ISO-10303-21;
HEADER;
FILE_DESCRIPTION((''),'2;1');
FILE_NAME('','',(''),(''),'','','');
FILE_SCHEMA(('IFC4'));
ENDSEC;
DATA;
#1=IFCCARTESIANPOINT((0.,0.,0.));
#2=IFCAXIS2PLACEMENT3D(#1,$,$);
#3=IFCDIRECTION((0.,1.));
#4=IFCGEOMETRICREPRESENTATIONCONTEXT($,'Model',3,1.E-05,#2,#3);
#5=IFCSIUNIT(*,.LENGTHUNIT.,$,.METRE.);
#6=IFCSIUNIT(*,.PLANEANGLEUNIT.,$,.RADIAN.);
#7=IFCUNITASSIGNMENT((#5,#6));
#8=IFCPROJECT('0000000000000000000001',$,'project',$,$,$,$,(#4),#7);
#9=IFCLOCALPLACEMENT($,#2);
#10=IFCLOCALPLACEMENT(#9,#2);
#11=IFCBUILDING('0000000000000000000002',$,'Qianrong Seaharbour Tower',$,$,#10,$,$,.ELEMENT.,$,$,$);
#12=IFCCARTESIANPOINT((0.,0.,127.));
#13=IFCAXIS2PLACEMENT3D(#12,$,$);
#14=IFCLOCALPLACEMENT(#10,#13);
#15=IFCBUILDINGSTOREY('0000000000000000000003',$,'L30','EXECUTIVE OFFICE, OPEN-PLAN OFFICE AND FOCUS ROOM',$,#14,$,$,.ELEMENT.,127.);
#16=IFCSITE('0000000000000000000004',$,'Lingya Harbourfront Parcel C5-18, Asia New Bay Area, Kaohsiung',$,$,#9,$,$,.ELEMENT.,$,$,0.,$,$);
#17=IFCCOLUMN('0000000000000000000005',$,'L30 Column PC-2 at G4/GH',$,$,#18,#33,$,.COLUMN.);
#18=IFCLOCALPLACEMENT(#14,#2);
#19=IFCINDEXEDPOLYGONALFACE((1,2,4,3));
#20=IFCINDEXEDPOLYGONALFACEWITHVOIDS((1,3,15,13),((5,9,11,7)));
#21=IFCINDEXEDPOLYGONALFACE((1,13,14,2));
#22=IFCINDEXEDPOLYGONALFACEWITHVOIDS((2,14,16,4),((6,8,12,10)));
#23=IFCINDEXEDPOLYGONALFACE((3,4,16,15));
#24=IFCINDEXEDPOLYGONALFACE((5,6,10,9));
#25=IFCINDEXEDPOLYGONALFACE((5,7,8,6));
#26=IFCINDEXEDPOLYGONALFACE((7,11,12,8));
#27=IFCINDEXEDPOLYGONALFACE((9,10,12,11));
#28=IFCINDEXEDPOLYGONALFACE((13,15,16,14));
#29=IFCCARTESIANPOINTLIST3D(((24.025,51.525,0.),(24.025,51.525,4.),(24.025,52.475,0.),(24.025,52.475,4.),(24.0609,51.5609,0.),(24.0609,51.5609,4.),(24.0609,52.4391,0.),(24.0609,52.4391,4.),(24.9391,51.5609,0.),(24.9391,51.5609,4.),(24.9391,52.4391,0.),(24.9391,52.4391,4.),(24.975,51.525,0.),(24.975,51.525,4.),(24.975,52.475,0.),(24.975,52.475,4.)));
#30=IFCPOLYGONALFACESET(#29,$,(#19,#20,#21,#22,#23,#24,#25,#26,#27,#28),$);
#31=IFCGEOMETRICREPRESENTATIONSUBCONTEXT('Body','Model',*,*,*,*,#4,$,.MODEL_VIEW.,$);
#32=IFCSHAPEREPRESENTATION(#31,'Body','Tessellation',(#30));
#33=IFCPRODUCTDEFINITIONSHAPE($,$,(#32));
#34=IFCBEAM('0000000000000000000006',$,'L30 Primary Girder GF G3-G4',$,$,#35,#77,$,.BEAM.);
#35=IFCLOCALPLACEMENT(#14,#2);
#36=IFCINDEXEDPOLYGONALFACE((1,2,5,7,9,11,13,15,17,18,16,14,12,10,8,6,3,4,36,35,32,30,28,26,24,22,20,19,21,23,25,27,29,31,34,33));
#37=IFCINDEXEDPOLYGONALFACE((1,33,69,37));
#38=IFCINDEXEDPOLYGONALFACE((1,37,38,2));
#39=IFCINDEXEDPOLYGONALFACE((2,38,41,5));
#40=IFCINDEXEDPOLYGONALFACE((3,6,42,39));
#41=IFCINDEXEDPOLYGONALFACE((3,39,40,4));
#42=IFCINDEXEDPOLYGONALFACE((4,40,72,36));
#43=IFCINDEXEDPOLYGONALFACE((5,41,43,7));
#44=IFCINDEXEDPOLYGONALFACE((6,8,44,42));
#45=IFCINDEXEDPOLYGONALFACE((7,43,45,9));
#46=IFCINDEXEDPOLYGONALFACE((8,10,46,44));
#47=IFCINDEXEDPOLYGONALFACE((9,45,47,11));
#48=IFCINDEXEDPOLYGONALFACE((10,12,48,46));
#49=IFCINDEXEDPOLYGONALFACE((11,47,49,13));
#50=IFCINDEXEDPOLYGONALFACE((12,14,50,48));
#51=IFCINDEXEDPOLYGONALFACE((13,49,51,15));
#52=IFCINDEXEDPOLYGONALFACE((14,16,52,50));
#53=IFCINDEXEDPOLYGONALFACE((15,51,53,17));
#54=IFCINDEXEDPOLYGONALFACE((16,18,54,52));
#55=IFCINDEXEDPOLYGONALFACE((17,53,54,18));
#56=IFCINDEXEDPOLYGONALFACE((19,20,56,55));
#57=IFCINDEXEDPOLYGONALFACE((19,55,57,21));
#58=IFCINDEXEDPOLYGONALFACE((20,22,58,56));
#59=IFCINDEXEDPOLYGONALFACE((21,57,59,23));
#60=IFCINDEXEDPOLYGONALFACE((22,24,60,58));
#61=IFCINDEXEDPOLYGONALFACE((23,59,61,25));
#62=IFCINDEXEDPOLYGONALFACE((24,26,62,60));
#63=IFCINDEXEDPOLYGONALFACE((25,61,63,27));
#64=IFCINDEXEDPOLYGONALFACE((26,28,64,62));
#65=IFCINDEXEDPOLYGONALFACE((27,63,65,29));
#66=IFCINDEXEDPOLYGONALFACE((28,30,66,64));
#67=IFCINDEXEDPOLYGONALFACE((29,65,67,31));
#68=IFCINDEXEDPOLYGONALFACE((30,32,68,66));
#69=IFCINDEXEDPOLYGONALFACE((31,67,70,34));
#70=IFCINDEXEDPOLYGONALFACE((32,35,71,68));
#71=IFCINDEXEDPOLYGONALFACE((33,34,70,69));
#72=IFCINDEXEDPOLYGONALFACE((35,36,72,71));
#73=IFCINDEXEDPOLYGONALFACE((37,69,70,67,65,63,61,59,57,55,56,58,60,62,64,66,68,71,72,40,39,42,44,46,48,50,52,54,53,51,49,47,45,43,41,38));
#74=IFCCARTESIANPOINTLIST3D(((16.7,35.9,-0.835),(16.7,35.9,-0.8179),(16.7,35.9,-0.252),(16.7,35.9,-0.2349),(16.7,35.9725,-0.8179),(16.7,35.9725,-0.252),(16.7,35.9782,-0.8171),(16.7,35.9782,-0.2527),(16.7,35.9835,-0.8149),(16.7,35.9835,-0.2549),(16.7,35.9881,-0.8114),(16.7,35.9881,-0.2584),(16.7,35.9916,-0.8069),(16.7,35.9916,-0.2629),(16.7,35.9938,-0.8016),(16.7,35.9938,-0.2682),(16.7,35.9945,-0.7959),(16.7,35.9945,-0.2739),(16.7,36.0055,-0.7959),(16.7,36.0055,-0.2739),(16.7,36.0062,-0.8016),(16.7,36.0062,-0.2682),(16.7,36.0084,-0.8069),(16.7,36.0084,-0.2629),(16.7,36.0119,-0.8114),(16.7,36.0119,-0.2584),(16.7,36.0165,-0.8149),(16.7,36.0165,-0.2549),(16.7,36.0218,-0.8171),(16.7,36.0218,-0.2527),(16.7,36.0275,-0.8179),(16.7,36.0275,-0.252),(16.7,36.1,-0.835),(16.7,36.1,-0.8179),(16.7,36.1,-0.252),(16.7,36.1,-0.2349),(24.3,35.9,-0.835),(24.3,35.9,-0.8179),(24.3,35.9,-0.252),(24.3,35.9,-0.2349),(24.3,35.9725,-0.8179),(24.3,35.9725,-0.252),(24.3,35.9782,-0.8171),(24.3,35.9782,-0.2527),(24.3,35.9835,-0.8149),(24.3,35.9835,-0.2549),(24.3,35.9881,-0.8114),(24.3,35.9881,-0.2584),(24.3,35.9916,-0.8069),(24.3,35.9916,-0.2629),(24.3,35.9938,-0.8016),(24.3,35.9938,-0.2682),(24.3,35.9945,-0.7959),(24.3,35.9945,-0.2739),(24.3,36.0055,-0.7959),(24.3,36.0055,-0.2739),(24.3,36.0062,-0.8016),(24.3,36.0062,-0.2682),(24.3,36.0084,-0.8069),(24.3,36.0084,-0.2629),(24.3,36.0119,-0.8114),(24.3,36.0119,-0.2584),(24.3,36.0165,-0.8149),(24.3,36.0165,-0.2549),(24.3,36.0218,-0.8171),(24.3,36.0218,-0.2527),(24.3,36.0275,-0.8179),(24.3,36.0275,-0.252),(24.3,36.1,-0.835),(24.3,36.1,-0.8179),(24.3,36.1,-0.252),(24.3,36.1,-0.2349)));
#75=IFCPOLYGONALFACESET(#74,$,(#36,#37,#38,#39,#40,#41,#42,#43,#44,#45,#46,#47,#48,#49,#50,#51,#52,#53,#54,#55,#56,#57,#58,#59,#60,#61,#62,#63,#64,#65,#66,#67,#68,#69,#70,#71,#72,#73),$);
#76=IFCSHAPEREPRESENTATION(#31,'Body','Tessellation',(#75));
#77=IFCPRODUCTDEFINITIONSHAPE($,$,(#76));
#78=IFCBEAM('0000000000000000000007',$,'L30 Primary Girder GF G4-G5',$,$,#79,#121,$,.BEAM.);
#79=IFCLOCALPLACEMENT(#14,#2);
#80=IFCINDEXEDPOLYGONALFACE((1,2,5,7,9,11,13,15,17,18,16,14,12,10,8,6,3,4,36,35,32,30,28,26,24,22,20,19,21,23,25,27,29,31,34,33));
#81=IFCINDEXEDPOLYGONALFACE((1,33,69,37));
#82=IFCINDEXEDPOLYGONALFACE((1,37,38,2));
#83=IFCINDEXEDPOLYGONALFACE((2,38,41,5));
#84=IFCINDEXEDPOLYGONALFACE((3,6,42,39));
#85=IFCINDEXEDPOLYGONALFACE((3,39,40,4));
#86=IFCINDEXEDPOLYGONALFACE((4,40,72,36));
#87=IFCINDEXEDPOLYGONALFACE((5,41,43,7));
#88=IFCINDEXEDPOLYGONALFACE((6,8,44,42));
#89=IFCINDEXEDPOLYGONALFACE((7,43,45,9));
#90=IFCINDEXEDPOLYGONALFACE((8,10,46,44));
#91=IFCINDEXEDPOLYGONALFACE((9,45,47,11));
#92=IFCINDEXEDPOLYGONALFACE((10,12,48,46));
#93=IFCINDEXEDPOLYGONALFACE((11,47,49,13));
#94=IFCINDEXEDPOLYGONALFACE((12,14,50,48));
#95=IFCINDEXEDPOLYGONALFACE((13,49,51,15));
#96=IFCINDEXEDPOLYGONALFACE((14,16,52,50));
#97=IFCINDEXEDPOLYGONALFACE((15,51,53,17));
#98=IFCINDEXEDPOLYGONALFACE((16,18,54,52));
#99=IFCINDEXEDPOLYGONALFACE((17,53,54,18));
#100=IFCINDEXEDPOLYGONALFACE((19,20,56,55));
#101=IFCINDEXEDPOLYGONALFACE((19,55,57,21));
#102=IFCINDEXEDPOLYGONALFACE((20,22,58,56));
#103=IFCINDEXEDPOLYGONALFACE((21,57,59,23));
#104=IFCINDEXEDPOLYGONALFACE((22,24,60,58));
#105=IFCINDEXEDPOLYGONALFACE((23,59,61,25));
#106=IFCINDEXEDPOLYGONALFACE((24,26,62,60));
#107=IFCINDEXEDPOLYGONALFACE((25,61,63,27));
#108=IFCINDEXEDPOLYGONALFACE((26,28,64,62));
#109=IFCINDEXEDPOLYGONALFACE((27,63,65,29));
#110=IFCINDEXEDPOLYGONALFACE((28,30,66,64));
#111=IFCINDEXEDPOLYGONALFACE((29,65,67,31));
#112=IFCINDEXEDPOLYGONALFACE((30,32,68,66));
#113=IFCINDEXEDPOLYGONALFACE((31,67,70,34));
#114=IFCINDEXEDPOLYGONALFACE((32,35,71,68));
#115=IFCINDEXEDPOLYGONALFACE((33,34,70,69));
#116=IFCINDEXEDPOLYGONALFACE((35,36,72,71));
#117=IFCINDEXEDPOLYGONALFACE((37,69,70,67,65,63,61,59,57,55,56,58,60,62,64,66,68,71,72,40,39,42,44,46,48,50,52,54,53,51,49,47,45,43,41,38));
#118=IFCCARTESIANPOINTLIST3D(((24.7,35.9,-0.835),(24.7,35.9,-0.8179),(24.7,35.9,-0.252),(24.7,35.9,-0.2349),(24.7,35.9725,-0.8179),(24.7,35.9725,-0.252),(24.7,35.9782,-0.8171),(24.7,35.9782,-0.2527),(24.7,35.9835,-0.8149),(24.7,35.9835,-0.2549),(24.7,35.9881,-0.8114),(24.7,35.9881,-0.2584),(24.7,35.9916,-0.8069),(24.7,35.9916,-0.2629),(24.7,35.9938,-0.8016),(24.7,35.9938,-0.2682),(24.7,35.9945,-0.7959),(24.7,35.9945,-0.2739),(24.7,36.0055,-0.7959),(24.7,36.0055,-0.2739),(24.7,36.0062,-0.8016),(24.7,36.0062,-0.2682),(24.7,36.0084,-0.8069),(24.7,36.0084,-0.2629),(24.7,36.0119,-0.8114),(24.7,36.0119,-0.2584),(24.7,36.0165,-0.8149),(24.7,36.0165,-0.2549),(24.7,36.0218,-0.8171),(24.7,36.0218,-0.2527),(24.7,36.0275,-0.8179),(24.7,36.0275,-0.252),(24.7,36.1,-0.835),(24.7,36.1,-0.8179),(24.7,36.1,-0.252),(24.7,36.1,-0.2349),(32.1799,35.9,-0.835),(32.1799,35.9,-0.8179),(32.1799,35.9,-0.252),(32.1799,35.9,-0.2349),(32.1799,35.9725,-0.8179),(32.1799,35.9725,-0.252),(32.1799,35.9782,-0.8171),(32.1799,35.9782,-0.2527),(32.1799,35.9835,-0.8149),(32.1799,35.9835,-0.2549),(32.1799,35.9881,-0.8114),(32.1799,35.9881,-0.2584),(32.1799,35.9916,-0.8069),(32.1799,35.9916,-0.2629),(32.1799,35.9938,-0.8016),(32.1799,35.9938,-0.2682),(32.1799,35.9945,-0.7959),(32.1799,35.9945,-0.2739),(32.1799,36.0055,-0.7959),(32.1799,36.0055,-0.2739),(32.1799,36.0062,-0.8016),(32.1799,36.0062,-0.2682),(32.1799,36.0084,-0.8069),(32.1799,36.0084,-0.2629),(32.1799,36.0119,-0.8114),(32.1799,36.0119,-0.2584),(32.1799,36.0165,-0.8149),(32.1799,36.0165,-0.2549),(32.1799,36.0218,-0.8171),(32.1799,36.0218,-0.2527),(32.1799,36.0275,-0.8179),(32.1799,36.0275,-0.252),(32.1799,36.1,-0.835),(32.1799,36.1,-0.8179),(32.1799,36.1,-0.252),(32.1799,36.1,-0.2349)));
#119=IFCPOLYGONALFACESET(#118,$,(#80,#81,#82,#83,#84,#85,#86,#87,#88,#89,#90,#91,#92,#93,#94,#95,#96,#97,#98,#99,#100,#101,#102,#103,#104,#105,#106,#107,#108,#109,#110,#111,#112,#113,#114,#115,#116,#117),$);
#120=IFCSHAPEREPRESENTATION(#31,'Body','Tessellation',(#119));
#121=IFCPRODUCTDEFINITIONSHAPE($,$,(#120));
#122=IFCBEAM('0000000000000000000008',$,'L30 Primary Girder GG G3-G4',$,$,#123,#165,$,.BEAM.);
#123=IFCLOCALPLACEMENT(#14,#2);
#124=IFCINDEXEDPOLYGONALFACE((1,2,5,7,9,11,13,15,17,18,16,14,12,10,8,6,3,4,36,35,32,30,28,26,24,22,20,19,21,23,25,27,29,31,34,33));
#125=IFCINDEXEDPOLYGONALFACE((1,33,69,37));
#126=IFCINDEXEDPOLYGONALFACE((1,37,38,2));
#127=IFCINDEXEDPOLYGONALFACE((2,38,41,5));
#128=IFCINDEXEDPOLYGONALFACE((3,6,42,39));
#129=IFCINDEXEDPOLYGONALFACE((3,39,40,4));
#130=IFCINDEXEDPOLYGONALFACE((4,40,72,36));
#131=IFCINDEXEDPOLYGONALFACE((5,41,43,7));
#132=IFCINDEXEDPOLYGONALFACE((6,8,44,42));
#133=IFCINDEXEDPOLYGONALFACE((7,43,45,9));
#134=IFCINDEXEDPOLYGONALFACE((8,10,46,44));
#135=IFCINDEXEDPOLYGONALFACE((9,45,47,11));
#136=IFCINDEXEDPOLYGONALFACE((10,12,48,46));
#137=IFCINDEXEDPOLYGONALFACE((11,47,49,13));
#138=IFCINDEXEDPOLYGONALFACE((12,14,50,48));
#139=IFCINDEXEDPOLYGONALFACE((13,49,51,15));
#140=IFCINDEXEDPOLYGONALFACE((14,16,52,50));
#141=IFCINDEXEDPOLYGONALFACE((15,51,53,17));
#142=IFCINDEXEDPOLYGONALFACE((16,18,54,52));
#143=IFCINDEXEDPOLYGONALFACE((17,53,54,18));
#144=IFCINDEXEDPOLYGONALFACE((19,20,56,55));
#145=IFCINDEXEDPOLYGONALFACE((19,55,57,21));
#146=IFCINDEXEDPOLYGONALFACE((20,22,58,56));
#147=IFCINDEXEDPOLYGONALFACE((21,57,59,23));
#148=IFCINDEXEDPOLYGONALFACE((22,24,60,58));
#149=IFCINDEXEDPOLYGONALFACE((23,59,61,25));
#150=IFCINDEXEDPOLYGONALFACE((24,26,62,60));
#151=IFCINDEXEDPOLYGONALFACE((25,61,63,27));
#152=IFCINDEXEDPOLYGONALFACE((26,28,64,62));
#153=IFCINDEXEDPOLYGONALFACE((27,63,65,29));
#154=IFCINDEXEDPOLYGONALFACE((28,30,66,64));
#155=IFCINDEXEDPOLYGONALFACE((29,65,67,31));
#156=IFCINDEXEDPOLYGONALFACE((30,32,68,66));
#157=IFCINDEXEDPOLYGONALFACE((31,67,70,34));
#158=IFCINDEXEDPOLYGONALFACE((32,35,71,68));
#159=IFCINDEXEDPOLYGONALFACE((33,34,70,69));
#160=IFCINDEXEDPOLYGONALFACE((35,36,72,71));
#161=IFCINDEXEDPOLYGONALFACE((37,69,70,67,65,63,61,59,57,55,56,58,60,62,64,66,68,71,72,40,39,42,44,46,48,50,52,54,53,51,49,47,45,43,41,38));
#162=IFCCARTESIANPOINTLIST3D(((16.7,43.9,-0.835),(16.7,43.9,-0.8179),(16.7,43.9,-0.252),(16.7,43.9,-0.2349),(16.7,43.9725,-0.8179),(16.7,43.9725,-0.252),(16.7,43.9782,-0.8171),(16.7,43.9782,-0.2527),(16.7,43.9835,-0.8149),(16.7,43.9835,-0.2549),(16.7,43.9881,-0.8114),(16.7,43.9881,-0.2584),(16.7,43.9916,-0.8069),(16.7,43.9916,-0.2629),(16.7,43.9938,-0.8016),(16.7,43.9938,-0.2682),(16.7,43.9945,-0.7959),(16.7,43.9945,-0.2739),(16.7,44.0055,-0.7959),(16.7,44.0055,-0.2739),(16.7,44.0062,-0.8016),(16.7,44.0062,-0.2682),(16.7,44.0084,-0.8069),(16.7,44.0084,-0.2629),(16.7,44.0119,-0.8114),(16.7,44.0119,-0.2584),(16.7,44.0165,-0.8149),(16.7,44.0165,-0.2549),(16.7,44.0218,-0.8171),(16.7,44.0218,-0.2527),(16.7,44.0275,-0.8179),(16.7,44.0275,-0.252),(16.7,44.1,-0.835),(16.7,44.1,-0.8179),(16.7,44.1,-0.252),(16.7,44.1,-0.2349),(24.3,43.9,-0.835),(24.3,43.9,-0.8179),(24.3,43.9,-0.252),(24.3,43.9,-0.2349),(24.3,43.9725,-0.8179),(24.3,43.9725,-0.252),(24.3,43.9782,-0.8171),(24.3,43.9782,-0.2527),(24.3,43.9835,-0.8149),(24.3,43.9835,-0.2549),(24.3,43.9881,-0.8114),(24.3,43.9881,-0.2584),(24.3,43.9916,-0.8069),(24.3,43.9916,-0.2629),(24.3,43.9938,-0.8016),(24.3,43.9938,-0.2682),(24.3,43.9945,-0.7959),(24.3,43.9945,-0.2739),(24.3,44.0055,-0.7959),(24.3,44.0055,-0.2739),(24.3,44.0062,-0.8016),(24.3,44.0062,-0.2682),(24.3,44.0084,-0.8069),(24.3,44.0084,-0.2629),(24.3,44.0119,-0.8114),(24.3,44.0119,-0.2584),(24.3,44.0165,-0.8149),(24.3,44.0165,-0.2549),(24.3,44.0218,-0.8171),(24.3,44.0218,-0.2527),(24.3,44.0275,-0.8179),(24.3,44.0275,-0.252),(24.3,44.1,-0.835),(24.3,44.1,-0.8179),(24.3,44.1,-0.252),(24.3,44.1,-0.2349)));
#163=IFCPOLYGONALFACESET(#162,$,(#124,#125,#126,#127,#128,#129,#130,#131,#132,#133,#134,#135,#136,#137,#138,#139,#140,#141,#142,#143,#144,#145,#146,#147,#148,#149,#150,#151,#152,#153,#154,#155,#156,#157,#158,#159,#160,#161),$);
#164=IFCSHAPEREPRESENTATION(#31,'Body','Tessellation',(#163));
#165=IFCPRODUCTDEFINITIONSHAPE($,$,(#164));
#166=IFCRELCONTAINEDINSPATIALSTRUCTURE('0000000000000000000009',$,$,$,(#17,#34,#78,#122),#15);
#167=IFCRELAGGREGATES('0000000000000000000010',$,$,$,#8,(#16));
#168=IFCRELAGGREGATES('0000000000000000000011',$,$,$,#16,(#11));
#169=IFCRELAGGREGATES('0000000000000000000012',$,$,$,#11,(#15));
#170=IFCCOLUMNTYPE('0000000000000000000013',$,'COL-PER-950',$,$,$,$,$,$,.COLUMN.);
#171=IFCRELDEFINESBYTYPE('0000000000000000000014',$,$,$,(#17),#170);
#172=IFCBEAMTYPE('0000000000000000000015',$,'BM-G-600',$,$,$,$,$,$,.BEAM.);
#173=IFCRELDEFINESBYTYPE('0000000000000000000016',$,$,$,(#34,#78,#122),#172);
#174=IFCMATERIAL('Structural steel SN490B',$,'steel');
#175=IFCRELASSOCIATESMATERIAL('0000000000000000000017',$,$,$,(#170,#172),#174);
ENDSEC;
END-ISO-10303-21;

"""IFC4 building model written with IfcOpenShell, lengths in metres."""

from ifc_helpers import new_model, si_unit, direction, frame, origin, origin_2d, place, context, subcontext, project, spatial, hollow_rectangle, i_section, extrude, material, material_profile, profile_set, type_object, element, save


model = new_model("IFC4")

# Units and contexts
model_context = context("Model", 3, precision=1e-05, world=origin(), true_north=direction((0.0, 1.0)))
body_context = subcontext(model_context, "Body", "Model", "MODEL_VIEW")
ifc_project = project(units=[si_unit("LENGTHUNIT", "METRE"), si_unit("PLANEANGLEUNIT", "RADIAN")], contexts=[model_context])

# Site, building, storey
site_placement = place(None, origin())
site = spatial("IfcSite", under=ifc_project, at=site_placement, Name="Lingya Harbourfront Parcel C5-18, Asia New Bay Area, Kaohsiung", CompositionType="ELEMENT", RefElevation=0.0)
building_placement = place(site_placement, origin())
building = spatial("IfcBuilding", under=site, at=building_placement, Name="Qianrong Seaharbour Tower", CompositionType="ELEMENT")
storey_placement = place(building_placement, frame((0.0, 0.0, 127.0)))
storey = spatial("IfcBuildingStorey", under=building, at=storey_placement, Name="L30", Description="EXECUTIVE OFFICE, OPEN-PLAN OFFICE AND FOCUS ROOM", CompositionType="ELEMENT", Elevation=127.0)

# Column
ifc_material_1 = material(Name="Structural steel SN490B", Category="steel")
ifc_material_profile_1 = material_profile(ifc_material_1, hollow_rectangle(XDim=0.95, YDim=0.95, WallThickness=0.0359, at=origin_2d()), Name="BOX950x950x36")
ifc_profile_set_1 = profile_set([ifc_material_profile_1], Name="Structural steel SN490B")
column_type_1 = type_object("IfcColumnType", Name="COL-PER-950", PredefinedType="COLUMN", material=ifc_profile_set_1)
column_1_placement = place(storey_placement, frame((24.5, 52.0, 0.0), z_axis=(0.0, 0.0, 1.0), x_axis=(1.0, 0.0, 0.0)))
element("IfcColumn", 1, at=column_1_placement, inside=storey, type_object=column_type_1, Name="L30 Column PC-2 at G4/GH", PredefinedType="COLUMN", context=body_context, shape_type="SweptSolid", body=[
    extrude(hollow_rectangle(XDim=0.95, YDim=0.95, WallThickness=0.0359, at=origin_2d()), origin(), (0.0, 0.0, 1.0), 4.0),
])

# Beams
ifc_material_profile_2 = material_profile(ifc_material_1, i_section(OverallWidth=0.2, OverallDepth=0.6001, WebThickness=0.011, FlangeThickness=0.0171, FilletRadius=0.022, at=origin_2d()), Name="H600x200x11x17")
ifc_profile_set_2 = profile_set([ifc_material_profile_2], Name="Structural steel SN490B")
beam_type_1 = type_object("IfcBeamType", Name="BM-G-600", PredefinedType="BEAM", material=ifc_profile_set_2)
beam_1_placement = place(storey_placement, frame((16.7, 36.0, -0.5349), z_axis=(1.0, 0.0, 0.0), x_axis=(0.0, 1.0, 0.0)))
element("IfcBeam", 2, at=beam_1_placement, inside=storey, type_object=beam_type_1, Name="L30 Primary Girder GF G3-G4", PredefinedType="BEAM", context=body_context, shape_type="SweptSolid", body=[
    extrude(i_section(OverallWidth=0.2, OverallDepth=0.6001, WebThickness=0.011, FlangeThickness=0.0171, FilletRadius=0.022, at=origin_2d()), origin(), (0.0, 0.0, 1.0), 7.6001),
])
beam_2_placement = place(storey_placement, frame((24.7, 36.0, -0.5349), z_axis=(1.0, 0.0, 0.0), x_axis=(0.0, 1.0, 0.0)))
element("IfcBeam", 3, at=beam_2_placement, inside=storey, type_object=beam_type_1, Name="L30 Primary Girder GF G4-G5", PredefinedType="BEAM", context=body_context, shape_type="SweptSolid", body=[
    extrude(i_section(OverallWidth=0.2, OverallDepth=0.6001, WebThickness=0.011, FlangeThickness=0.0171, FilletRadius=0.022, at=origin_2d()), origin(), (0.0, 0.0, 1.0), 7.48),
])
for number, where, z_axis, x_axis, name in (
    (4, (16.7, 44.0, -0.5349), (1.0, 0.0, 0.0), (0.0, 1.0, 0.0), "L30 Primary Girder GG G3-G4"),
):
    element("IfcBeam", number, at=place(storey_placement, frame(where, z_axis=z_axis, x_axis=x_axis)), inside=storey, type_object=beam_type_1, Name=name, PredefinedType="BEAM", context=body_context, shape_type="SweptSolid", body=[
        extrude(i_section(OverallWidth=0.2, OverallDepth=0.6001, WebThickness=0.011, FlangeThickness=0.0171, FilletRadius=0.022, at=origin_2d()), origin(), (0.0, 0.0, 1.0), 7.6001),
    ])

save(model, "model.ifc")
